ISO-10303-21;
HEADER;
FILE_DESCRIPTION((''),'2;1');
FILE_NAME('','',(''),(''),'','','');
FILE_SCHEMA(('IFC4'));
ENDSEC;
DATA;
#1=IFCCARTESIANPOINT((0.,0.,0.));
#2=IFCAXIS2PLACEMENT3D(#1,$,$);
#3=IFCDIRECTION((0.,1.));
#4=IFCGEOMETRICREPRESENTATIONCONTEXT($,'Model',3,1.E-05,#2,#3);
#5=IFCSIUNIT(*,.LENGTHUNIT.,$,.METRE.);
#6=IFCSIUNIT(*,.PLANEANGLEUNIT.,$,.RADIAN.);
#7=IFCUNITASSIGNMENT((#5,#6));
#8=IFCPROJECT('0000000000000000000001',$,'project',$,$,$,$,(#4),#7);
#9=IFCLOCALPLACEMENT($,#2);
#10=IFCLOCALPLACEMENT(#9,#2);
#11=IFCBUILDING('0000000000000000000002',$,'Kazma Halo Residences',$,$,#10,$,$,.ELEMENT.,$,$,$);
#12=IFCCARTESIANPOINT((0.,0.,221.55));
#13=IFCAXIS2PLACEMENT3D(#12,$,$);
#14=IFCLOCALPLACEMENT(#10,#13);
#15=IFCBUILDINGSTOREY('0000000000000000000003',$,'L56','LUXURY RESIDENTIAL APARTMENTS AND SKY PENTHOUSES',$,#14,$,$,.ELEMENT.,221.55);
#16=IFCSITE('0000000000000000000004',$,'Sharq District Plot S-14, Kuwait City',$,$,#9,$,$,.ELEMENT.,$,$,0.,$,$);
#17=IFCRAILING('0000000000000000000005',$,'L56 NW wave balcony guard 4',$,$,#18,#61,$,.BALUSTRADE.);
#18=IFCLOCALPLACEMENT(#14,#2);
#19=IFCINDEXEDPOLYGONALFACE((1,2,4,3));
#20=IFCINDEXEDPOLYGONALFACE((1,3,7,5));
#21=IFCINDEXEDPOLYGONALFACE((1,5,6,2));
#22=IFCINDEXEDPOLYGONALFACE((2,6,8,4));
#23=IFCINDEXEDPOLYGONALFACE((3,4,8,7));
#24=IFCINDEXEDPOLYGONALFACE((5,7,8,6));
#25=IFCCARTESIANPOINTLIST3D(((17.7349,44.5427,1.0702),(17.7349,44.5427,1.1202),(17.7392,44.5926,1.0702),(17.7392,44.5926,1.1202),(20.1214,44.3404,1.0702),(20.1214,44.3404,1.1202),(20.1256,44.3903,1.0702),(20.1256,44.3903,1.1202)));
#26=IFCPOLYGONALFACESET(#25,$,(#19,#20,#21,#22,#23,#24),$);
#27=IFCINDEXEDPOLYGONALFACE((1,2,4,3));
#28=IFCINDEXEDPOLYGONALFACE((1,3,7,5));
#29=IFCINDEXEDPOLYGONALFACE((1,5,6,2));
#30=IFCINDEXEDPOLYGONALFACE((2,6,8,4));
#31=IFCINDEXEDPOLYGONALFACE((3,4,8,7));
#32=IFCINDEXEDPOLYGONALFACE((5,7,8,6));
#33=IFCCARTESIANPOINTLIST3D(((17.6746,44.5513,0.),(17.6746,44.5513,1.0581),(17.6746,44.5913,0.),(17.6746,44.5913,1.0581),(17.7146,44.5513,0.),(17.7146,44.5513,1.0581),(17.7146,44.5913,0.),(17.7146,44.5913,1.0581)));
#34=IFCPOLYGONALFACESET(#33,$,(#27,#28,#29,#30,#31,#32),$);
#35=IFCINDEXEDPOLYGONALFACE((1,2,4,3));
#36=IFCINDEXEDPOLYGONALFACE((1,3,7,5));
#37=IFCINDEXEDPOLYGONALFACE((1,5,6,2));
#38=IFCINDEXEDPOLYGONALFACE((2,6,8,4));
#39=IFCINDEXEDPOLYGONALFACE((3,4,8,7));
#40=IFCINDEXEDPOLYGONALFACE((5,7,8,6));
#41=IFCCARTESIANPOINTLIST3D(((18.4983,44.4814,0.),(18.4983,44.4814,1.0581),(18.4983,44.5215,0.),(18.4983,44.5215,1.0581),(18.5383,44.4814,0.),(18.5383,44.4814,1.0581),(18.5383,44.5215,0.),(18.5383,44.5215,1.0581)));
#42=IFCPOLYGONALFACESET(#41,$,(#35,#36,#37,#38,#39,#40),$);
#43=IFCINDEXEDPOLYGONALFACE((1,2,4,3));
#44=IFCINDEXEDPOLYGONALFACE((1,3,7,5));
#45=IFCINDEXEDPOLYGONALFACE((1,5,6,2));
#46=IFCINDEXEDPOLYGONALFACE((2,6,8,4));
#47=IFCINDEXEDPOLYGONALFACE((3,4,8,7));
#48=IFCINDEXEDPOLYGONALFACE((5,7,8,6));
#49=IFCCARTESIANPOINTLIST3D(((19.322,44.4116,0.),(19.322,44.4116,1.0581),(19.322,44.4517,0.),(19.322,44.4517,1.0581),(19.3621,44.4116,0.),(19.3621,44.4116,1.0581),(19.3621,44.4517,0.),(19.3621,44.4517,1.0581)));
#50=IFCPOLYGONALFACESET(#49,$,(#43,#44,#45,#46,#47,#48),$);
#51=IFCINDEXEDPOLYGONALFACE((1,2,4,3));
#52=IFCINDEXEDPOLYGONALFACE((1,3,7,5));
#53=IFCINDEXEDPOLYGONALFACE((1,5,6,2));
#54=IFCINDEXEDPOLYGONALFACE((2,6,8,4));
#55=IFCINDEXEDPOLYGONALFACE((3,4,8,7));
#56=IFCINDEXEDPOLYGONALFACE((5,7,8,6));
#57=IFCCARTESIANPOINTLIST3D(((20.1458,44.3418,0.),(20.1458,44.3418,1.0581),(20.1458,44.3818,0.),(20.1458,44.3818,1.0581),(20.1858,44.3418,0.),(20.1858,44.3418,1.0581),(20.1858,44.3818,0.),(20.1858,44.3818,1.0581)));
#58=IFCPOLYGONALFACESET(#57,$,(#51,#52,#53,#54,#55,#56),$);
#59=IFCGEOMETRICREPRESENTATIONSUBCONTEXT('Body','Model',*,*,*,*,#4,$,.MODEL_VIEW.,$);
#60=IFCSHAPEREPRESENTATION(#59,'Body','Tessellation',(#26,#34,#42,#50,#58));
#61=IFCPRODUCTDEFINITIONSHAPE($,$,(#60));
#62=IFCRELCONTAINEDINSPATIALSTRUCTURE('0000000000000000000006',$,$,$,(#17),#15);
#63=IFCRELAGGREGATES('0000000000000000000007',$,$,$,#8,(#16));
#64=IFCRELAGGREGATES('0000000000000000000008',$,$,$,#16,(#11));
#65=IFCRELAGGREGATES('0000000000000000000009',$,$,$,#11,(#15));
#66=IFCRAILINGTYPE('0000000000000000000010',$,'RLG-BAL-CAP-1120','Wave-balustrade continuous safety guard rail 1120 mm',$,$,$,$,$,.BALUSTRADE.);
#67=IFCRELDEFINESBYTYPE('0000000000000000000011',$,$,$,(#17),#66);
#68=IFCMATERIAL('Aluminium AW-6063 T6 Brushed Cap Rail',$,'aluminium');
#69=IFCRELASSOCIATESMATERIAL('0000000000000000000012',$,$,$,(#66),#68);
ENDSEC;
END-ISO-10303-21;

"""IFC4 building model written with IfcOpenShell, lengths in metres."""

from ifc_helpers import new_model, si_unit, direction, frame, origin, origin_2d, place, context, subcontext, project, spatial, rectangle, extrude, material, type_object, element, save


model = new_model("IFC4")

# Units and contexts
model_context = context("Model", 3, precision=1e-05, world=origin(), true_north=direction((0.0, 1.0)))
body_context = subcontext(model_context, "Body", "Model", "MODEL_VIEW")
ifc_project = project(units=[si_unit("LENGTHUNIT", "METRE"), si_unit("PLANEANGLEUNIT", "RADIAN")], contexts=[model_context])

# Site, building, storey
site_placement = place(None, origin())
site = spatial("IfcSite", under=ifc_project, at=site_placement, Name="Sharq District Plot S-14, Kuwait City", CompositionType="ELEMENT", RefElevation=0.0)
building_placement = place(site_placement, origin())
building = spatial("IfcBuilding", under=site, at=building_placement, Name="Kazma Halo Residences", CompositionType="ELEMENT")
storey_placement = place(building_placement, frame((0.0, 0.0, 221.55)))
storey = spatial("IfcBuildingStorey", under=building, at=storey_placement, Name="L56", Description="LUXURY RESIDENTIAL APARTMENTS AND SKY PENTHOUSES", CompositionType="ELEMENT", Elevation=221.55)

# Railing
ifc_material_1 = material(Name="Aluminium AW-6063 T6 Brushed Cap Rail", Category="aluminium")
railing_type = type_object("IfcRailingType", Name="RLG-BAL-CAP-1120", Description="Wave-balustrade continuous safety guard rail 1120 mm", PredefinedType="BALUSTRADE", material=ifc_material_1)
railing_placement = place(storey_placement, frame((17.6946, 44.5713, 0.0)))
element("IfcRailing", 1, at=railing_placement, inside=storey, type_object=railing_type, Name="L56 NW wave balcony guard 4", PredefinedType="BALUSTRADE", context=body_context, shape_type="SweptSolid", body=[
    extrude(rectangle(XDim=0.05, YDim=0.05, at=origin_2d()), frame((0.0425, -0.0037, 1.0952), z_axis=(0.996427, -0.084463, 0.0), x_axis=(0.084463, 0.996427, 0.0)), (0.0, 0.0, 1.0), 2.395),
    extrude(rectangle(XDim=0.04, YDim=0.04, at=origin_2d()), origin(), (0.0, 0.0, 1.0), 1.0581),
    extrude(rectangle(XDim=0.04, YDim=0.04, at=origin_2d()), frame((0.8237, -0.0698, 0.0)), (0.0, 0.0, 1.0), 1.0581),
    extrude(rectangle(XDim=0.04, YDim=0.04, at=origin_2d()), frame((1.6475, -0.1396, 0.0)), (0.0, 0.0, 1.0), 1.0581),
    extrude(rectangle(XDim=0.04, YDim=0.04, at=origin_2d()), frame((2.4712, -0.2095, 0.0)), (0.0, 0.0, 1.0), 1.0581),
])

save(model, "model.ifc")
